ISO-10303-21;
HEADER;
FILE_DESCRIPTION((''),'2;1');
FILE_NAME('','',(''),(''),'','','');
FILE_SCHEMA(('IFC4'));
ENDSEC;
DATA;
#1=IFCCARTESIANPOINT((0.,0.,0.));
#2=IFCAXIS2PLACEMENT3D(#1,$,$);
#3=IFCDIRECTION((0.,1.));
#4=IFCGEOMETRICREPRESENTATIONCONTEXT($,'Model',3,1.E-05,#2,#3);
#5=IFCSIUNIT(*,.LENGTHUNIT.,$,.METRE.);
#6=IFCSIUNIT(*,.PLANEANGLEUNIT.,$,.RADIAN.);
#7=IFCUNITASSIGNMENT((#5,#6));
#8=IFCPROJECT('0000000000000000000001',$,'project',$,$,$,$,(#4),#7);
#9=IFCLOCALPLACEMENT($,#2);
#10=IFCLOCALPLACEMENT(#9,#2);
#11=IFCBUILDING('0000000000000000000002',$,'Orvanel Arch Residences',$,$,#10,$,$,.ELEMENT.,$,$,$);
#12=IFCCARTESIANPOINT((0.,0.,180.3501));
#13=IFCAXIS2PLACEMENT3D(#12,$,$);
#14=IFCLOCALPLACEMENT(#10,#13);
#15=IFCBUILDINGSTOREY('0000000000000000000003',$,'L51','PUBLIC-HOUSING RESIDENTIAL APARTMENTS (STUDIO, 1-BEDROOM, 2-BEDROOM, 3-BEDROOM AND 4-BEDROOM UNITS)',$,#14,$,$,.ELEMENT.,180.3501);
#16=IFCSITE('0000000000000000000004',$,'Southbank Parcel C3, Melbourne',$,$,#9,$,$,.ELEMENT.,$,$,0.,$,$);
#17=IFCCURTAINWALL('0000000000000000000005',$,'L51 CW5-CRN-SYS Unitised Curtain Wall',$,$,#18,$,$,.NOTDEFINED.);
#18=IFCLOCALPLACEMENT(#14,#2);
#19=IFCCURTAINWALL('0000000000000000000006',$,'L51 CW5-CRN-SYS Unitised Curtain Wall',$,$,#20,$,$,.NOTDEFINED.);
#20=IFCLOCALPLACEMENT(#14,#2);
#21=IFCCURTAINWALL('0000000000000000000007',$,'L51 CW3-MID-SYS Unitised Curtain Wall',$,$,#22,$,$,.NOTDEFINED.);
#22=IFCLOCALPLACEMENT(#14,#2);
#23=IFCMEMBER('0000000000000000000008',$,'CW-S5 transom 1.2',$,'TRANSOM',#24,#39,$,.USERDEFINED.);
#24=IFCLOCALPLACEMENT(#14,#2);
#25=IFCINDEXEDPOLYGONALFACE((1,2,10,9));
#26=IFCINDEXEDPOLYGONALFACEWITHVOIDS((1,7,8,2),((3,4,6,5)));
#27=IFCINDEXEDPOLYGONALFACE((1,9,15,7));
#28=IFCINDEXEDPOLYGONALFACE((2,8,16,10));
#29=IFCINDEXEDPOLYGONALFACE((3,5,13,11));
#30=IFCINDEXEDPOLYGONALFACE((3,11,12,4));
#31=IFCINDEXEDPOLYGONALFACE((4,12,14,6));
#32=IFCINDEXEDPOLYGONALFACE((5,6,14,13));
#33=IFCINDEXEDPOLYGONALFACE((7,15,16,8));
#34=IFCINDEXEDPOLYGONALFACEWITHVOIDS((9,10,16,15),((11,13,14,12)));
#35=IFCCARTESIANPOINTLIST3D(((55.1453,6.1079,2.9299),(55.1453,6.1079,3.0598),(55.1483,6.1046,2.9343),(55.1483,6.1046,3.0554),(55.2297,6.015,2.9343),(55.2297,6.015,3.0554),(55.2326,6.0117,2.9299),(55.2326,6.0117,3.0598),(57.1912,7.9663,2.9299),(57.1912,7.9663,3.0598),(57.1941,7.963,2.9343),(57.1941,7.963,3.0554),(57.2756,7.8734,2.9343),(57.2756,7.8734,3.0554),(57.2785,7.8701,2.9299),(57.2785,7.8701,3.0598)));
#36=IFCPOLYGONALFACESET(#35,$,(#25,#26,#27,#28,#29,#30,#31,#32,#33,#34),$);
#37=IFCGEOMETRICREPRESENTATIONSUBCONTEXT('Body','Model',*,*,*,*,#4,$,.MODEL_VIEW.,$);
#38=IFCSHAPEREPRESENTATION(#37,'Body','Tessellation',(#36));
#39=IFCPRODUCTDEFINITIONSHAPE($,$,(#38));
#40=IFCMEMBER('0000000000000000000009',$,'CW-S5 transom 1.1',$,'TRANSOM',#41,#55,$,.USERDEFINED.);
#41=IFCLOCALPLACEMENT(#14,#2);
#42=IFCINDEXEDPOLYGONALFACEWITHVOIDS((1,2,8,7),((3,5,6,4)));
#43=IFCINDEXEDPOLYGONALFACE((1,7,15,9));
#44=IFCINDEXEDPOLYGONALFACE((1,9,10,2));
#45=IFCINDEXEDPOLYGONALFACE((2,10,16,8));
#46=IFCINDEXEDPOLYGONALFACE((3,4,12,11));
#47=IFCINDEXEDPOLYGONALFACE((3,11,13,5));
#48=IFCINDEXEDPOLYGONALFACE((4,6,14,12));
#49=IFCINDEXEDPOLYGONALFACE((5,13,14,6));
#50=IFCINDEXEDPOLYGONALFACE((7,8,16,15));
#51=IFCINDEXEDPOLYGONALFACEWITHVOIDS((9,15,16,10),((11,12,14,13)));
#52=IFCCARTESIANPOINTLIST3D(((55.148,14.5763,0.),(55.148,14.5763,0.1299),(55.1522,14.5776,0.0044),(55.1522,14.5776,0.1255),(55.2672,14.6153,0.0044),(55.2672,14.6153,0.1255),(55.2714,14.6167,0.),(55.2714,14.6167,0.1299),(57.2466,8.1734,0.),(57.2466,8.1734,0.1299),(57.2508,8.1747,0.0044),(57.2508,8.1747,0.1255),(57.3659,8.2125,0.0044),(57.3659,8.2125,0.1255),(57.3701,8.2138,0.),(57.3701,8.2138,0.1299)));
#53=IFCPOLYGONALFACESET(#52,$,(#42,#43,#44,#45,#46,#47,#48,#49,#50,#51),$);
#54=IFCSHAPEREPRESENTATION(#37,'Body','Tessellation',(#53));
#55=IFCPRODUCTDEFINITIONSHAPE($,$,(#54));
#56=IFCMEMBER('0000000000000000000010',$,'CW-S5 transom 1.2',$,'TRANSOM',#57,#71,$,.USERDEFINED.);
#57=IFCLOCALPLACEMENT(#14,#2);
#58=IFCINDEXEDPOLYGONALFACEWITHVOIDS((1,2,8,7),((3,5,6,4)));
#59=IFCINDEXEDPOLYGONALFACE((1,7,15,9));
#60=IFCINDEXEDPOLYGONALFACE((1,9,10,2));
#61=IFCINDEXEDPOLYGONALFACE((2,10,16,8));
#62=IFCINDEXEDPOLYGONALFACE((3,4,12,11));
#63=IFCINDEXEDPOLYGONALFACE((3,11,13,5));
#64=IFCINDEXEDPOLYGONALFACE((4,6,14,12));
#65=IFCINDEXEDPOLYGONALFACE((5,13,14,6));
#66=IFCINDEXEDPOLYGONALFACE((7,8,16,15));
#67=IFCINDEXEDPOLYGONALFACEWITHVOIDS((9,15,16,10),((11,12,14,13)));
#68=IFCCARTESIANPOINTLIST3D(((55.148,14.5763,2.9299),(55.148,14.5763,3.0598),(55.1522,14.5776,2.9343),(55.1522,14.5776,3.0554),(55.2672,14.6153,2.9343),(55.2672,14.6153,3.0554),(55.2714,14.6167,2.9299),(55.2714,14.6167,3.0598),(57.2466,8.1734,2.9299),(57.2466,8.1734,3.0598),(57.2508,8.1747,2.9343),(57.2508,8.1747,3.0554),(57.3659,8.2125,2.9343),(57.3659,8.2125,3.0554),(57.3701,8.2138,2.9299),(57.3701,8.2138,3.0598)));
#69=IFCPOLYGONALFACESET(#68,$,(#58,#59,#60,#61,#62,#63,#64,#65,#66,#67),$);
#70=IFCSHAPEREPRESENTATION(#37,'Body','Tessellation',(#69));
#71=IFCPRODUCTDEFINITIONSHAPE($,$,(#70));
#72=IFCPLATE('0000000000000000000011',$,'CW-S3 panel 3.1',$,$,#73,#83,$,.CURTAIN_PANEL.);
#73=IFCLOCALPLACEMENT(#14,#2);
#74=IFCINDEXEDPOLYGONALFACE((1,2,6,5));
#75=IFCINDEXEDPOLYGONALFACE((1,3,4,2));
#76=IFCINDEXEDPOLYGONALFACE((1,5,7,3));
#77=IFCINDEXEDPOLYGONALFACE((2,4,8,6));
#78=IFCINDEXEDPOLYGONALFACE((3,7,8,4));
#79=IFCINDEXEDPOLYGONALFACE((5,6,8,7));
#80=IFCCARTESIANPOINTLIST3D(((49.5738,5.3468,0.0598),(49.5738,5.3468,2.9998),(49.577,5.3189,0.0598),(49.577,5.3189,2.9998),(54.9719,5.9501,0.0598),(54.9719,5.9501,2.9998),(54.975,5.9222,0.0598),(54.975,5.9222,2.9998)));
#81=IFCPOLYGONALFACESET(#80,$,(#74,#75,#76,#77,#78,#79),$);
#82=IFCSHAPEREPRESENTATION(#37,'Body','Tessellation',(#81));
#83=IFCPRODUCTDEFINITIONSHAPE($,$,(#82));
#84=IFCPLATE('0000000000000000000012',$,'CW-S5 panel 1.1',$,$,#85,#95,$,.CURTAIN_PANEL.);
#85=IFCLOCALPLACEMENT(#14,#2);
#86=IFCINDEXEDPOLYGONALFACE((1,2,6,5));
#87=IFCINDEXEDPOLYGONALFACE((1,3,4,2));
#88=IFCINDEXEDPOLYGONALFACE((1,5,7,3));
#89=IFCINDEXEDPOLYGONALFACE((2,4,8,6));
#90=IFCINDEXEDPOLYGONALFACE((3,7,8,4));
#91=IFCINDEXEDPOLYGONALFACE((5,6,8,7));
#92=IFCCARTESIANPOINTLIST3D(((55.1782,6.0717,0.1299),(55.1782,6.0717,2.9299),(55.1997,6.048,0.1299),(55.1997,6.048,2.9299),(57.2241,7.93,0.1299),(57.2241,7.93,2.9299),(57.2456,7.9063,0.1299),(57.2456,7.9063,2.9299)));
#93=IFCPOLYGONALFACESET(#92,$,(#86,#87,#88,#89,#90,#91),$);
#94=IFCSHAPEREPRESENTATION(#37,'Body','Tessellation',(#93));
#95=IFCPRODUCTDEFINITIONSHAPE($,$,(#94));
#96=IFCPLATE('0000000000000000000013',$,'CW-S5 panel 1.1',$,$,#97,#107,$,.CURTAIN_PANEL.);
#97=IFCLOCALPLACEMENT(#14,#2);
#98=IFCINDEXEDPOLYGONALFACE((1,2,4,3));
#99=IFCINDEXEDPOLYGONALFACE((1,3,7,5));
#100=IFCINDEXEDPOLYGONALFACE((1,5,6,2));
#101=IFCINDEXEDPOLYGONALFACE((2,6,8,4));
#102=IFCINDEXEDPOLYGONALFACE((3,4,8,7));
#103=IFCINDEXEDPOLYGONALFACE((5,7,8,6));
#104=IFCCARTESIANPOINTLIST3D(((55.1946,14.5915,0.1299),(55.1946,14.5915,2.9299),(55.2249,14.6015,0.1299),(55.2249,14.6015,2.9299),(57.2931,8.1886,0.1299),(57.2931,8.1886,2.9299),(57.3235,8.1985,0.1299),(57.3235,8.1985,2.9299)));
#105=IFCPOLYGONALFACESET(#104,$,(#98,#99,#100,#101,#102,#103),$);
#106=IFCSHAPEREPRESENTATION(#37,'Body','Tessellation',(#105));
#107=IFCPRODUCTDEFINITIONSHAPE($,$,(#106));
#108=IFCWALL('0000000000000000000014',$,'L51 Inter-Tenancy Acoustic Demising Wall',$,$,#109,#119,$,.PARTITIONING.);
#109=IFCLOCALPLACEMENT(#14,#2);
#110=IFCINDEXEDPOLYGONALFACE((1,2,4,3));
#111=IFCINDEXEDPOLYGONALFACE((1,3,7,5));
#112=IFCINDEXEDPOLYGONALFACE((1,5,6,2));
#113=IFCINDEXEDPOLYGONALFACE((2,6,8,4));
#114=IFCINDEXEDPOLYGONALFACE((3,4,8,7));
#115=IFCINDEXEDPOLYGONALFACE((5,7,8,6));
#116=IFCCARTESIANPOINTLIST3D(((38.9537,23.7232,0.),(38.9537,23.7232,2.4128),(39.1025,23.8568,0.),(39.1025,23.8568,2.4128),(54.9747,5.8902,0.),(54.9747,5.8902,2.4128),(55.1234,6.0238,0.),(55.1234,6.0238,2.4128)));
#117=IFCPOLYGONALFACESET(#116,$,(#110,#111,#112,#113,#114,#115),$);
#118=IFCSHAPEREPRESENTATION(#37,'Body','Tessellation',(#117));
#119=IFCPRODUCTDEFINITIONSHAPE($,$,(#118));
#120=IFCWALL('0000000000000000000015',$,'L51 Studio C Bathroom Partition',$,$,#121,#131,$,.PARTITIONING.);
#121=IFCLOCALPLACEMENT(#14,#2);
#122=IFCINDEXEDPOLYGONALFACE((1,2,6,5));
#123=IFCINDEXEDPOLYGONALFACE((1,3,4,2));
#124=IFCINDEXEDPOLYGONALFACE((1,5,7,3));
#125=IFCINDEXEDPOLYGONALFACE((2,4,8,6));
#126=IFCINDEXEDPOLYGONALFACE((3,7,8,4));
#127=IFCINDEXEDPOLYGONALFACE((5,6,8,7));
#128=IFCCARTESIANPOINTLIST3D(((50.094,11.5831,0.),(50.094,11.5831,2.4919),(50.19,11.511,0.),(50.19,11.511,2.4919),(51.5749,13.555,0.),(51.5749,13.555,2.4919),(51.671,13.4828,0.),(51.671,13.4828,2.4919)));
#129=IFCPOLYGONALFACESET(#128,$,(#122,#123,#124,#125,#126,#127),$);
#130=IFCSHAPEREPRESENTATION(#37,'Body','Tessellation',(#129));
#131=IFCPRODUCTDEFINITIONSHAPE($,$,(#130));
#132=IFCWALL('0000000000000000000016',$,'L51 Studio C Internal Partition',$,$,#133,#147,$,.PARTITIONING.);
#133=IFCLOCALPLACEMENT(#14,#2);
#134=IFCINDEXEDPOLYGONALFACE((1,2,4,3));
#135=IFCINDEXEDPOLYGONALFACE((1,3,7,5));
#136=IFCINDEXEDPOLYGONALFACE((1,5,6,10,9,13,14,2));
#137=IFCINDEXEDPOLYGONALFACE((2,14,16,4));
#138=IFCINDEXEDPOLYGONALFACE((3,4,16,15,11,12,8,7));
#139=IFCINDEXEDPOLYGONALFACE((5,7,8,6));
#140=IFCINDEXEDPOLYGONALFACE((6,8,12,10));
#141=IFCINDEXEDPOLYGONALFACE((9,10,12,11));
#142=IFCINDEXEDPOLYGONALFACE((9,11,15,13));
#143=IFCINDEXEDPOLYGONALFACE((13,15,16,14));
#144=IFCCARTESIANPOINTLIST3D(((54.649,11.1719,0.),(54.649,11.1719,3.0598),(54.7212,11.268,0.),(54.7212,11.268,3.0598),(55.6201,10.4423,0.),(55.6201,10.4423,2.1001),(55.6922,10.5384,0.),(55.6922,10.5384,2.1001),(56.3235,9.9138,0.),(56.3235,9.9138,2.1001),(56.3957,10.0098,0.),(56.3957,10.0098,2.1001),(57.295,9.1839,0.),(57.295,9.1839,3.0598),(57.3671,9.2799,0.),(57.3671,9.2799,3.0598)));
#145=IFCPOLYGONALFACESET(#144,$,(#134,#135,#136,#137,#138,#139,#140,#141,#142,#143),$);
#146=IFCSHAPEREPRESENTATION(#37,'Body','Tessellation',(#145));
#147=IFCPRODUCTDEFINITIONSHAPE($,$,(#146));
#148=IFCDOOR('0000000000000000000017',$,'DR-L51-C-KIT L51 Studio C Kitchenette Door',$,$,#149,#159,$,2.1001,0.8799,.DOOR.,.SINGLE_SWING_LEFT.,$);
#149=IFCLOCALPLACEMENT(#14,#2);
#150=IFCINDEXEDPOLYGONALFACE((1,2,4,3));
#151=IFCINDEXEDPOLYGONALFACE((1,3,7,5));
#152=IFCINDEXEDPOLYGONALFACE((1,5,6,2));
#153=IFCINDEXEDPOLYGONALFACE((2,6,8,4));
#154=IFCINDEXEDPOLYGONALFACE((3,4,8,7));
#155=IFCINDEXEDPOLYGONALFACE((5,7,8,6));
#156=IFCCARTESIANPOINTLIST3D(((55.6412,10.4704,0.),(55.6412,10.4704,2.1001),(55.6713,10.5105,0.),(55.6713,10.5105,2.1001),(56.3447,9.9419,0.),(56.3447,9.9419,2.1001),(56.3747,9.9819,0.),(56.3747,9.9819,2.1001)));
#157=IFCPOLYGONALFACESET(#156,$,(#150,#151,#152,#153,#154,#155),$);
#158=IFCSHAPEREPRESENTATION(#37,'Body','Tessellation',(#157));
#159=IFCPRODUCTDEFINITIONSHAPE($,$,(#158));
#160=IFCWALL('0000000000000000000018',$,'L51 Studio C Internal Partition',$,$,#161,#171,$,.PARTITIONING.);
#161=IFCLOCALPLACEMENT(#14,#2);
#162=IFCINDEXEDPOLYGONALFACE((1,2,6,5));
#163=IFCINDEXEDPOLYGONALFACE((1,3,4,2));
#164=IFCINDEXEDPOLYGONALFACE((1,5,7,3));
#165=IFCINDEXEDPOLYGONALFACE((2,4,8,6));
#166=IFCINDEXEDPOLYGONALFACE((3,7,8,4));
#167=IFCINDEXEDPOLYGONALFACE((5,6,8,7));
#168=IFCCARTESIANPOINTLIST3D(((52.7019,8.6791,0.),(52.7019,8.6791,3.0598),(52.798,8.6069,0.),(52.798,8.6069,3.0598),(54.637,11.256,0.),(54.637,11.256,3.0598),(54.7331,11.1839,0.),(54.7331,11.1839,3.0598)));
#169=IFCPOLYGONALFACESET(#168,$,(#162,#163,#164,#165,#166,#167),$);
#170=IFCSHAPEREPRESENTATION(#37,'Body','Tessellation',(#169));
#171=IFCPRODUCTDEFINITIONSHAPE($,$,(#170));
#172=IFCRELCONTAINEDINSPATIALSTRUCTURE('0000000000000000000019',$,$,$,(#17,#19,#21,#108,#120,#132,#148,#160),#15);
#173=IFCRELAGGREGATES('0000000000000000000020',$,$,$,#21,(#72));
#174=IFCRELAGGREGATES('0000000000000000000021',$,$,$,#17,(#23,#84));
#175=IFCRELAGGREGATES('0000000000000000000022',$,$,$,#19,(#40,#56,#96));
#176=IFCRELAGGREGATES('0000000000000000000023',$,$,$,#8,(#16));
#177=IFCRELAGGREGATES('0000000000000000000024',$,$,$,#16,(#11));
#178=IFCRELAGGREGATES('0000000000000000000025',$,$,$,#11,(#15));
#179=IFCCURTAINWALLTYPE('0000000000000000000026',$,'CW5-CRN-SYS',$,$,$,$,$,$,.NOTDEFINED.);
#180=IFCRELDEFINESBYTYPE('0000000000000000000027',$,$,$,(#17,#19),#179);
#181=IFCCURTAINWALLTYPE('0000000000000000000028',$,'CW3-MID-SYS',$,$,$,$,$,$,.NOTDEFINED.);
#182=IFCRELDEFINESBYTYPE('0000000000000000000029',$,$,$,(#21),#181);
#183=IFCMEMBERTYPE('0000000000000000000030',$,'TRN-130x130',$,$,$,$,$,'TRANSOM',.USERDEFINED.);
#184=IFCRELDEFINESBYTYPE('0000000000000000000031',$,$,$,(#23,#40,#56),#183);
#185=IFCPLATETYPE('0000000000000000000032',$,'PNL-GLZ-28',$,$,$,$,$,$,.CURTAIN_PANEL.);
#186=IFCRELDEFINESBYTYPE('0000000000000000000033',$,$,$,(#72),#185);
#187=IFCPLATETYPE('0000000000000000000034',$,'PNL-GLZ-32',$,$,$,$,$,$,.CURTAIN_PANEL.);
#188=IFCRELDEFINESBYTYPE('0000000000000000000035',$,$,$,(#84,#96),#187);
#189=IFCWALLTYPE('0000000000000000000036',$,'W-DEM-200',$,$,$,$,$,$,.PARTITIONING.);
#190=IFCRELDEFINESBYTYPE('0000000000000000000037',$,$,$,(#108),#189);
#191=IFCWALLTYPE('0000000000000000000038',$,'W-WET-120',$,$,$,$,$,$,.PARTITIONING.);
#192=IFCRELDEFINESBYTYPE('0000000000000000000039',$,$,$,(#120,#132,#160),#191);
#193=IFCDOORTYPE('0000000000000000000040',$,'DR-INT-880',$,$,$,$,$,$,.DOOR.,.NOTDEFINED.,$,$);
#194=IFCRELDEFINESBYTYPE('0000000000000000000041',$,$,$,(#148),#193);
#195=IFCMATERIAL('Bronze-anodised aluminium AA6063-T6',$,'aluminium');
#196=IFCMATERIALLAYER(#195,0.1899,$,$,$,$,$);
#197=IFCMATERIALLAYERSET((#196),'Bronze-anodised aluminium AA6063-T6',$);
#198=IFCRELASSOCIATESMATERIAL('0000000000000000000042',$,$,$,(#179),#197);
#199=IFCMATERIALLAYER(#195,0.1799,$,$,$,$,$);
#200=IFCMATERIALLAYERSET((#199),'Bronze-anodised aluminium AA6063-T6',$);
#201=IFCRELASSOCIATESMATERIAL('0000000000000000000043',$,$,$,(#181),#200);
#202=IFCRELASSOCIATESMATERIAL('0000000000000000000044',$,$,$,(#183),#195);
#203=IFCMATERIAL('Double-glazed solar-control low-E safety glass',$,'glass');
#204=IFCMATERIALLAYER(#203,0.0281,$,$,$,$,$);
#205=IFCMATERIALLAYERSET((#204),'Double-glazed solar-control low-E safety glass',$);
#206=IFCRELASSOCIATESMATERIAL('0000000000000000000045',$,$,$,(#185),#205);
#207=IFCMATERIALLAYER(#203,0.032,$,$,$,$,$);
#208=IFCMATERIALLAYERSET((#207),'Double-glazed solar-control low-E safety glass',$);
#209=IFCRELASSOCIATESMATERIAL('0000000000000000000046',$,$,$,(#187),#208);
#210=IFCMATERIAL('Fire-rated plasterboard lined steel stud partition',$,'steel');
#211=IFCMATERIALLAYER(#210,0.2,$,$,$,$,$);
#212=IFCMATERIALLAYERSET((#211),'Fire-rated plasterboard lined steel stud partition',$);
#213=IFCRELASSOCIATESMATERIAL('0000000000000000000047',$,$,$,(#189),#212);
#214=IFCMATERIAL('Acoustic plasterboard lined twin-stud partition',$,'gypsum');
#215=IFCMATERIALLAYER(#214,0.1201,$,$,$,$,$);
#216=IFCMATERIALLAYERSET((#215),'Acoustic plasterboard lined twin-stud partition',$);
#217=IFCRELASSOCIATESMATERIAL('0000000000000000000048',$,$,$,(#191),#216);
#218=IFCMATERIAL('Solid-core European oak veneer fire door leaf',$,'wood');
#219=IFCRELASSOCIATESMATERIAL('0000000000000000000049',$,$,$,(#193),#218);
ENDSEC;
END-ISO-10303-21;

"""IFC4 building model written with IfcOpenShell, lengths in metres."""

from ifc_helpers import new_model, si_unit, direction, frame, frame_2d, origin, origin_2d, place, context, subcontext, project, spatial, rectangle, hollow_rectangle, extrude, material, layer, layer_set, material_profile, profile_set, type_object, element, fill, aggregate, save


model = new_model("IFC4")

# Units and contexts
model_context = context("Model", 3, precision=1e-05, world=origin(), true_north=direction((0.0, 1.0)))
body_context = subcontext(model_context, "Body", "Model", "MODEL_VIEW")
ifc_project = project(units=[si_unit("LENGTHUNIT", "METRE"), si_unit("PLANEANGLEUNIT", "RADIAN")], contexts=[model_context])

# Site, building, storey
site_placement = place(None, origin())
site = spatial("IfcSite", under=ifc_project, at=site_placement, Name="Southbank Parcel C3, Melbourne", CompositionType="ELEMENT", RefElevation=0.0)
building_placement = place(site_placement, origin())
building = spatial("IfcBuilding", under=site, at=building_placement, Name="Orvanel Arch Residences", CompositionType="ELEMENT")
storey_placement = place(building_placement, frame((0.0, 0.0, 180.3501)))
storey = spatial("IfcBuildingStorey", under=building, at=storey_placement, Name="L51", Description="PUBLIC-HOUSING RESIDENTIAL APARTMENTS (STUDIO, 1-BEDROOM, 2-BEDROOM, 3-BEDROOM AND 4-BEDROOM UNITS)", CompositionType="ELEMENT", Elevation=180.3501)

# Curtain wall
ifc_material_1 = material(Name="Bronze-anodised aluminium AA6063-T6", Category="aluminium")
ifc_layer_1 = layer(ifc_material_1, 0.1899)
ifc_layer_set_1 = layer_set([ifc_layer_1], Name="Bronze-anodised aluminium AA6063-T6")
curtain_wall_type_1 = type_object("IfcCurtainWallType", Name="CW5-CRN-SYS", PredefinedType="NOTDEFINED", material=ifc_layer_set_1)
curtain_wall_1_placement = place(storey_placement, origin())
curtain_wall_1 = element("IfcCurtainWall", 1, at=curtain_wall_1_placement, inside=storey, type_object=curtain_wall_type_1, Name="L51 CW5-CRN-SYS Unitised Curtain Wall", PredefinedType="NOTDEFINED")

# Curtain walls
curtain_wall_2_placement = place(storey_placement, origin())
curtain_wall_2 = element("IfcCurtainWall", 2, at=curtain_wall_2_placement, inside=storey, type_object=curtain_wall_type_1, Name="L51 CW5-CRN-SYS Unitised Curtain Wall", PredefinedType="NOTDEFINED")
ifc_layer_2 = layer(ifc_material_1, 0.1799)
ifc_layer_set_2 = layer_set([ifc_layer_2], Name="Bronze-anodised aluminium AA6063-T6")
curtain_wall_type_2 = type_object("IfcCurtainWallType", Name="CW3-MID-SYS", PredefinedType="NOTDEFINED", material=ifc_layer_set_2)
curtain_wall_3_placement = place(storey_placement, origin())
curtain_wall_3 = element("IfcCurtainWall", 3, at=curtain_wall_3_placement, inside=storey, type_object=curtain_wall_type_2, Name="L51 CW3-MID-SYS Unitised Curtain Wall", PredefinedType="NOTDEFINED")

# Members
ifc_material_profile_1 = material_profile(ifc_material_1, hollow_rectangle(XDim=0.1299, YDim=0.1299, WallThickness=0.0044, at=origin_2d()), Name="ALU130x130x4.5")
ifc_profile_set_1 = profile_set([ifc_material_profile_1], Name="Bronze-anodised aluminium AA6063-T6")
member_type_1 = type_object("IfcMemberType", Name="TRN-130x130", ElementType="TRANSOM", PredefinedType="USERDEFINED", material=ifc_profile_set_1)
member_1_placement = place(storey_placement, frame((55.189, 6.0598, 2.9949), z_axis=(0.740212, 0.672374, 0.0), x_axis=(-0.672374, 0.740212, 0.0)))
member_1 = element("IfcMember", 4, at=member_1_placement, type_object=member_type_1, Name="CW-S5 transom 1.2", ObjectType="TRANSOM", PredefinedType="USERDEFINED", context=body_context, shape_type="SweptSolid", body=[
    extrude(hollow_rectangle(XDim=0.1299, YDim=0.1299, WallThickness=0.0044, at=origin_2d()), origin(), (0.0, 0.0, 1.0), 2.7639),
])
member_2_placement = place(storey_placement, frame((57.3083, 8.1936, 0.0649), z_axis=(-0.311463, 0.950258, 0.0), x_axis=(-0.950258, -0.311463, 0.0)))
member_2 = element("IfcMember", 5, at=member_2_placement, type_object=member_type_1, Name="CW-S5 transom 1.1", ObjectType="TRANSOM", PredefinedType="USERDEFINED", context=body_context, shape_type="SweptSolid", body=[
    extrude(hollow_rectangle(XDim=0.1299, YDim=0.1299, WallThickness=0.0044, at=origin_2d()), origin(), (0.0, 0.0, 1.0), 6.738),
])
member_3_placement = place(storey_placement, frame((57.3083, 8.1936, 2.9949), z_axis=(-0.311463, 0.950258, 0.0), x_axis=(-0.950258, -0.311463, 0.0)))
member_3 = element("IfcMember", 6, at=member_3_placement, type_object=member_type_1, Name="CW-S5 transom 1.2", ObjectType="TRANSOM", PredefinedType="USERDEFINED", context=body_context, shape_type="SweptSolid", body=[
    extrude(hollow_rectangle(XDim=0.1299, YDim=0.1299, WallThickness=0.0044, at=origin_2d()), origin(), (0.0, 0.0, 1.0), 6.738),
])

# Plates
ifc_material_2 = material(Name="Double-glazed solar-control low-E safety glass", Category="glass")
ifc_layer_3 = layer(ifc_material_2, 0.0281)
ifc_layer_set_3 = layer_set([ifc_layer_3], Name="Double-glazed solar-control low-E safety glass")
plate_type_1 = type_object("IfcPlateType", Name="PNL-GLZ-28", PredefinedType="CURTAIN_PANEL", material=ifc_layer_set_3)
plate_1_placement = place(storey_placement, frame((52.2744, 5.6345, 0.0598), z_axis=(0.0, 0.0, 1.0), x_axis=(0.993812, 0.111079, 0.0)))
plate_1 = element("IfcPlate", 7, at=plate_1_placement, type_object=plate_type_1, Name="CW-S3 panel 3.1", PredefinedType="CURTAIN_PANEL", context=body_context, shape_type="SweptSolid", body=[
    extrude(rectangle(XDim=5.4316, YDim=0.0281, at=origin_2d()), origin(), (0.0, 0.0, 1.0), 2.9399),
])
aggregate(curtain_wall_3, [plate_1])
ifc_layer_4 = layer(ifc_material_2, 0.032)
ifc_layer_set_4 = layer_set([ifc_layer_4], Name="Double-glazed solar-control low-E safety glass")
plate_type_2 = type_object("IfcPlateType", Name="PNL-GLZ-32", PredefinedType="CURTAIN_PANEL", material=ifc_layer_set_4)
plate_2_placement = place(storey_placement, frame((56.2119, 6.989, 0.1299), z_axis=(0.0, 0.0, 1.0), x_axis=(0.740235, 0.672348, 0.0)))
plate_2 = element("IfcPlate", 8, at=plate_2_placement, type_object=plate_type_2, Name="CW-S5 panel 1.1", PredefinedType="CURTAIN_PANEL", context=body_context, shape_type="SweptSolid", body=[
    extrude(rectangle(XDim=2.7639, YDim=0.032, at=origin_2d()), origin(), (0.0, 0.0, 1.0), 2.8),
])
aggregate(curtain_wall_1, [member_1, plate_2])
plate_3_placement = place(storey_placement, frame((56.259, 11.395, 0.1299), z_axis=(0.0, 0.0, 1.0), x_axis=(-0.31145, 0.950263, 0.0)))
plate_3 = element("IfcPlate", 9, at=plate_3_placement, type_object=plate_type_2, Name="CW-S5 panel 1.1", PredefinedType="CURTAIN_PANEL", context=body_context, shape_type="SweptSolid", body=[
    extrude(rectangle(XDim=6.738, YDim=0.032, at=origin_2d()), origin(), (0.0, 0.0, 1.0), 2.8),
])
aggregate(curtain_wall_2, [member_2, member_3, plate_3])

# Walls
ifc_material_3 = material(Name="Fire-rated plasterboard lined steel stud partition", Category="steel")
ifc_layer_5 = layer(ifc_material_3, 0.2)
ifc_layer_set_5 = layer_set([ifc_layer_5], Name="Fire-rated plasterboard lined steel stud partition")
wall_type_1 = type_object("IfcWallType", Name="W-DEM-200", PredefinedType="PARTITIONING", material=ifc_layer_set_5)
wall_1_placement = place(storey_placement, frame((55.0491, 5.957, 0.0), z_axis=(0.0, 0.0, 1.0), x_axis=(-0.668303, 0.743889, 0.0)))
element("IfcWall", 10, at=wall_1_placement, inside=storey, type_object=wall_type_1, Name="L51 Inter-Tenancy Acoustic Demising Wall", PredefinedType="PARTITIONING", context=body_context, shape_type="SweptSolid", body=[
    extrude(rectangle(XDim=23.9727, YDim=0.2, at=frame_2d((11.9863, 0.0))), origin(), (0.0, 0.0, 1.0), 2.4128),
])
ifc_material_4 = material(Name="Acoustic plasterboard lined twin-stud partition", Category="gypsum")
ifc_layer_6 = layer(ifc_material_4, 0.1201)
ifc_layer_set_6 = layer_set([ifc_layer_6], Name="Acoustic plasterboard lined twin-stud partition")
wall_type_2 = type_object("IfcWallType", Name="W-WET-120", PredefinedType="PARTITIONING", material=ifc_layer_set_6)
wall_2_placement = place(storey_placement, frame((50.1421, 11.5471, 0.0), z_axis=(0.0, 0.0, 1.0), x_axis=(0.600523, 0.799608, 0.0)))
element("IfcWall", 11, at=wall_2_placement, inside=storey, type_object=wall_type_2, Name="L51 Studio C Bathroom Partition", PredefinedType="PARTITIONING", context=body_context, shape_type="SweptSolid", body=[
    extrude(rectangle(XDim=2.4661, YDim=0.1201, at=frame_2d((1.2329, 0.0))), origin(), (0.0, 0.0, 1.0), 2.4919),
])

# Wall, opening, door
wall_3_placement = place(storey_placement, frame((57.3311, 9.2319, 0.0), z_axis=(0.0, 0.0, 1.0), x_axis=(-0.799486, 0.600684, 0.0)))
wall_3 = element("IfcWall", 12, at=wall_3_placement, inside=storey, type_object=wall_type_2, Name="L51 Studio C Internal Partition", PredefinedType="PARTITIONING", context=body_context, shape_type="SweptSolid", body=[
    extrude(rectangle(XDim=3.3096, YDim=0.1201, at=frame_2d((1.6548, 0.0))), origin(), (0.0, 0.0, 1.0), 3.0598),
])
opening_placement = place(wall_3_placement, frame((1.2151, 0.0, 0.0)))
opening = element("IfcOpeningElement", 13, at=opening_placement, cuts=wall_3, PredefinedType="OPENING", context=body_context, shape_type="SweptSolid", body=[
    extrude(rectangle(XDim=0.8799, YDim=2.1001, at=frame_2d((0.4399, 1.05))), frame((0.0, 0.0701, 0.0), z_axis=(0.0, -1.0, 0.0), x_axis=(1.0, 0.0, 0.0)), (0.0, 0.0, 1.0), 0.1401),
])
ifc_material_5 = material(Name="Solid-core European oak veneer fire door leaf", Category="wood")
door_type = type_object("IfcDoorType", Name="DR-INT-880", OperationType="NOTDEFINED", PredefinedType="DOOR", material=ifc_material_5)
door_placement = place(opening_placement, origin())
door = element("IfcDoor", 14, at=door_placement, inside=storey, type_object=door_type, Name="DR-L51-C-KIT L51 Studio C Kitchenette Door", OperationType="SINGLE_SWING_LEFT", OverallHeight=2.1001, OverallWidth=0.8799, PredefinedType="DOOR", context=body_context, shape_type="SweptSolid", body=[
    extrude(rectangle(XDim=0.8799, YDim=2.1001, at=frame_2d((0.4399, 1.05))), frame((0.0, 0.0249, 0.0), z_axis=(0.0, -1.0, 0.0), x_axis=(1.0, 0.0, 0.0)), (0.0, 0.0, 1.0), 0.05),
])
fill(opening, door)

# Wall
wall_4_placement = place(storey_placement, frame((54.6851, 11.22, 0.0), z_axis=(0.0, 0.0, 1.0), x_axis=(-0.600473, -0.799645, 0.0)))
element("IfcWall", 15, at=wall_4_placement, inside=storey, type_object=wall_type_2, Name="L51 Studio C Internal Partition", PredefinedType="PARTITIONING", context=body_context, shape_type="SweptSolid", body=[
    extrude(rectangle(XDim=3.2227, YDim=0.1201, at=frame_2d((1.6113, 0.0))), origin(), (0.0, 0.0, 1.0), 3.0598),
])

save(model, "model.ifc")
